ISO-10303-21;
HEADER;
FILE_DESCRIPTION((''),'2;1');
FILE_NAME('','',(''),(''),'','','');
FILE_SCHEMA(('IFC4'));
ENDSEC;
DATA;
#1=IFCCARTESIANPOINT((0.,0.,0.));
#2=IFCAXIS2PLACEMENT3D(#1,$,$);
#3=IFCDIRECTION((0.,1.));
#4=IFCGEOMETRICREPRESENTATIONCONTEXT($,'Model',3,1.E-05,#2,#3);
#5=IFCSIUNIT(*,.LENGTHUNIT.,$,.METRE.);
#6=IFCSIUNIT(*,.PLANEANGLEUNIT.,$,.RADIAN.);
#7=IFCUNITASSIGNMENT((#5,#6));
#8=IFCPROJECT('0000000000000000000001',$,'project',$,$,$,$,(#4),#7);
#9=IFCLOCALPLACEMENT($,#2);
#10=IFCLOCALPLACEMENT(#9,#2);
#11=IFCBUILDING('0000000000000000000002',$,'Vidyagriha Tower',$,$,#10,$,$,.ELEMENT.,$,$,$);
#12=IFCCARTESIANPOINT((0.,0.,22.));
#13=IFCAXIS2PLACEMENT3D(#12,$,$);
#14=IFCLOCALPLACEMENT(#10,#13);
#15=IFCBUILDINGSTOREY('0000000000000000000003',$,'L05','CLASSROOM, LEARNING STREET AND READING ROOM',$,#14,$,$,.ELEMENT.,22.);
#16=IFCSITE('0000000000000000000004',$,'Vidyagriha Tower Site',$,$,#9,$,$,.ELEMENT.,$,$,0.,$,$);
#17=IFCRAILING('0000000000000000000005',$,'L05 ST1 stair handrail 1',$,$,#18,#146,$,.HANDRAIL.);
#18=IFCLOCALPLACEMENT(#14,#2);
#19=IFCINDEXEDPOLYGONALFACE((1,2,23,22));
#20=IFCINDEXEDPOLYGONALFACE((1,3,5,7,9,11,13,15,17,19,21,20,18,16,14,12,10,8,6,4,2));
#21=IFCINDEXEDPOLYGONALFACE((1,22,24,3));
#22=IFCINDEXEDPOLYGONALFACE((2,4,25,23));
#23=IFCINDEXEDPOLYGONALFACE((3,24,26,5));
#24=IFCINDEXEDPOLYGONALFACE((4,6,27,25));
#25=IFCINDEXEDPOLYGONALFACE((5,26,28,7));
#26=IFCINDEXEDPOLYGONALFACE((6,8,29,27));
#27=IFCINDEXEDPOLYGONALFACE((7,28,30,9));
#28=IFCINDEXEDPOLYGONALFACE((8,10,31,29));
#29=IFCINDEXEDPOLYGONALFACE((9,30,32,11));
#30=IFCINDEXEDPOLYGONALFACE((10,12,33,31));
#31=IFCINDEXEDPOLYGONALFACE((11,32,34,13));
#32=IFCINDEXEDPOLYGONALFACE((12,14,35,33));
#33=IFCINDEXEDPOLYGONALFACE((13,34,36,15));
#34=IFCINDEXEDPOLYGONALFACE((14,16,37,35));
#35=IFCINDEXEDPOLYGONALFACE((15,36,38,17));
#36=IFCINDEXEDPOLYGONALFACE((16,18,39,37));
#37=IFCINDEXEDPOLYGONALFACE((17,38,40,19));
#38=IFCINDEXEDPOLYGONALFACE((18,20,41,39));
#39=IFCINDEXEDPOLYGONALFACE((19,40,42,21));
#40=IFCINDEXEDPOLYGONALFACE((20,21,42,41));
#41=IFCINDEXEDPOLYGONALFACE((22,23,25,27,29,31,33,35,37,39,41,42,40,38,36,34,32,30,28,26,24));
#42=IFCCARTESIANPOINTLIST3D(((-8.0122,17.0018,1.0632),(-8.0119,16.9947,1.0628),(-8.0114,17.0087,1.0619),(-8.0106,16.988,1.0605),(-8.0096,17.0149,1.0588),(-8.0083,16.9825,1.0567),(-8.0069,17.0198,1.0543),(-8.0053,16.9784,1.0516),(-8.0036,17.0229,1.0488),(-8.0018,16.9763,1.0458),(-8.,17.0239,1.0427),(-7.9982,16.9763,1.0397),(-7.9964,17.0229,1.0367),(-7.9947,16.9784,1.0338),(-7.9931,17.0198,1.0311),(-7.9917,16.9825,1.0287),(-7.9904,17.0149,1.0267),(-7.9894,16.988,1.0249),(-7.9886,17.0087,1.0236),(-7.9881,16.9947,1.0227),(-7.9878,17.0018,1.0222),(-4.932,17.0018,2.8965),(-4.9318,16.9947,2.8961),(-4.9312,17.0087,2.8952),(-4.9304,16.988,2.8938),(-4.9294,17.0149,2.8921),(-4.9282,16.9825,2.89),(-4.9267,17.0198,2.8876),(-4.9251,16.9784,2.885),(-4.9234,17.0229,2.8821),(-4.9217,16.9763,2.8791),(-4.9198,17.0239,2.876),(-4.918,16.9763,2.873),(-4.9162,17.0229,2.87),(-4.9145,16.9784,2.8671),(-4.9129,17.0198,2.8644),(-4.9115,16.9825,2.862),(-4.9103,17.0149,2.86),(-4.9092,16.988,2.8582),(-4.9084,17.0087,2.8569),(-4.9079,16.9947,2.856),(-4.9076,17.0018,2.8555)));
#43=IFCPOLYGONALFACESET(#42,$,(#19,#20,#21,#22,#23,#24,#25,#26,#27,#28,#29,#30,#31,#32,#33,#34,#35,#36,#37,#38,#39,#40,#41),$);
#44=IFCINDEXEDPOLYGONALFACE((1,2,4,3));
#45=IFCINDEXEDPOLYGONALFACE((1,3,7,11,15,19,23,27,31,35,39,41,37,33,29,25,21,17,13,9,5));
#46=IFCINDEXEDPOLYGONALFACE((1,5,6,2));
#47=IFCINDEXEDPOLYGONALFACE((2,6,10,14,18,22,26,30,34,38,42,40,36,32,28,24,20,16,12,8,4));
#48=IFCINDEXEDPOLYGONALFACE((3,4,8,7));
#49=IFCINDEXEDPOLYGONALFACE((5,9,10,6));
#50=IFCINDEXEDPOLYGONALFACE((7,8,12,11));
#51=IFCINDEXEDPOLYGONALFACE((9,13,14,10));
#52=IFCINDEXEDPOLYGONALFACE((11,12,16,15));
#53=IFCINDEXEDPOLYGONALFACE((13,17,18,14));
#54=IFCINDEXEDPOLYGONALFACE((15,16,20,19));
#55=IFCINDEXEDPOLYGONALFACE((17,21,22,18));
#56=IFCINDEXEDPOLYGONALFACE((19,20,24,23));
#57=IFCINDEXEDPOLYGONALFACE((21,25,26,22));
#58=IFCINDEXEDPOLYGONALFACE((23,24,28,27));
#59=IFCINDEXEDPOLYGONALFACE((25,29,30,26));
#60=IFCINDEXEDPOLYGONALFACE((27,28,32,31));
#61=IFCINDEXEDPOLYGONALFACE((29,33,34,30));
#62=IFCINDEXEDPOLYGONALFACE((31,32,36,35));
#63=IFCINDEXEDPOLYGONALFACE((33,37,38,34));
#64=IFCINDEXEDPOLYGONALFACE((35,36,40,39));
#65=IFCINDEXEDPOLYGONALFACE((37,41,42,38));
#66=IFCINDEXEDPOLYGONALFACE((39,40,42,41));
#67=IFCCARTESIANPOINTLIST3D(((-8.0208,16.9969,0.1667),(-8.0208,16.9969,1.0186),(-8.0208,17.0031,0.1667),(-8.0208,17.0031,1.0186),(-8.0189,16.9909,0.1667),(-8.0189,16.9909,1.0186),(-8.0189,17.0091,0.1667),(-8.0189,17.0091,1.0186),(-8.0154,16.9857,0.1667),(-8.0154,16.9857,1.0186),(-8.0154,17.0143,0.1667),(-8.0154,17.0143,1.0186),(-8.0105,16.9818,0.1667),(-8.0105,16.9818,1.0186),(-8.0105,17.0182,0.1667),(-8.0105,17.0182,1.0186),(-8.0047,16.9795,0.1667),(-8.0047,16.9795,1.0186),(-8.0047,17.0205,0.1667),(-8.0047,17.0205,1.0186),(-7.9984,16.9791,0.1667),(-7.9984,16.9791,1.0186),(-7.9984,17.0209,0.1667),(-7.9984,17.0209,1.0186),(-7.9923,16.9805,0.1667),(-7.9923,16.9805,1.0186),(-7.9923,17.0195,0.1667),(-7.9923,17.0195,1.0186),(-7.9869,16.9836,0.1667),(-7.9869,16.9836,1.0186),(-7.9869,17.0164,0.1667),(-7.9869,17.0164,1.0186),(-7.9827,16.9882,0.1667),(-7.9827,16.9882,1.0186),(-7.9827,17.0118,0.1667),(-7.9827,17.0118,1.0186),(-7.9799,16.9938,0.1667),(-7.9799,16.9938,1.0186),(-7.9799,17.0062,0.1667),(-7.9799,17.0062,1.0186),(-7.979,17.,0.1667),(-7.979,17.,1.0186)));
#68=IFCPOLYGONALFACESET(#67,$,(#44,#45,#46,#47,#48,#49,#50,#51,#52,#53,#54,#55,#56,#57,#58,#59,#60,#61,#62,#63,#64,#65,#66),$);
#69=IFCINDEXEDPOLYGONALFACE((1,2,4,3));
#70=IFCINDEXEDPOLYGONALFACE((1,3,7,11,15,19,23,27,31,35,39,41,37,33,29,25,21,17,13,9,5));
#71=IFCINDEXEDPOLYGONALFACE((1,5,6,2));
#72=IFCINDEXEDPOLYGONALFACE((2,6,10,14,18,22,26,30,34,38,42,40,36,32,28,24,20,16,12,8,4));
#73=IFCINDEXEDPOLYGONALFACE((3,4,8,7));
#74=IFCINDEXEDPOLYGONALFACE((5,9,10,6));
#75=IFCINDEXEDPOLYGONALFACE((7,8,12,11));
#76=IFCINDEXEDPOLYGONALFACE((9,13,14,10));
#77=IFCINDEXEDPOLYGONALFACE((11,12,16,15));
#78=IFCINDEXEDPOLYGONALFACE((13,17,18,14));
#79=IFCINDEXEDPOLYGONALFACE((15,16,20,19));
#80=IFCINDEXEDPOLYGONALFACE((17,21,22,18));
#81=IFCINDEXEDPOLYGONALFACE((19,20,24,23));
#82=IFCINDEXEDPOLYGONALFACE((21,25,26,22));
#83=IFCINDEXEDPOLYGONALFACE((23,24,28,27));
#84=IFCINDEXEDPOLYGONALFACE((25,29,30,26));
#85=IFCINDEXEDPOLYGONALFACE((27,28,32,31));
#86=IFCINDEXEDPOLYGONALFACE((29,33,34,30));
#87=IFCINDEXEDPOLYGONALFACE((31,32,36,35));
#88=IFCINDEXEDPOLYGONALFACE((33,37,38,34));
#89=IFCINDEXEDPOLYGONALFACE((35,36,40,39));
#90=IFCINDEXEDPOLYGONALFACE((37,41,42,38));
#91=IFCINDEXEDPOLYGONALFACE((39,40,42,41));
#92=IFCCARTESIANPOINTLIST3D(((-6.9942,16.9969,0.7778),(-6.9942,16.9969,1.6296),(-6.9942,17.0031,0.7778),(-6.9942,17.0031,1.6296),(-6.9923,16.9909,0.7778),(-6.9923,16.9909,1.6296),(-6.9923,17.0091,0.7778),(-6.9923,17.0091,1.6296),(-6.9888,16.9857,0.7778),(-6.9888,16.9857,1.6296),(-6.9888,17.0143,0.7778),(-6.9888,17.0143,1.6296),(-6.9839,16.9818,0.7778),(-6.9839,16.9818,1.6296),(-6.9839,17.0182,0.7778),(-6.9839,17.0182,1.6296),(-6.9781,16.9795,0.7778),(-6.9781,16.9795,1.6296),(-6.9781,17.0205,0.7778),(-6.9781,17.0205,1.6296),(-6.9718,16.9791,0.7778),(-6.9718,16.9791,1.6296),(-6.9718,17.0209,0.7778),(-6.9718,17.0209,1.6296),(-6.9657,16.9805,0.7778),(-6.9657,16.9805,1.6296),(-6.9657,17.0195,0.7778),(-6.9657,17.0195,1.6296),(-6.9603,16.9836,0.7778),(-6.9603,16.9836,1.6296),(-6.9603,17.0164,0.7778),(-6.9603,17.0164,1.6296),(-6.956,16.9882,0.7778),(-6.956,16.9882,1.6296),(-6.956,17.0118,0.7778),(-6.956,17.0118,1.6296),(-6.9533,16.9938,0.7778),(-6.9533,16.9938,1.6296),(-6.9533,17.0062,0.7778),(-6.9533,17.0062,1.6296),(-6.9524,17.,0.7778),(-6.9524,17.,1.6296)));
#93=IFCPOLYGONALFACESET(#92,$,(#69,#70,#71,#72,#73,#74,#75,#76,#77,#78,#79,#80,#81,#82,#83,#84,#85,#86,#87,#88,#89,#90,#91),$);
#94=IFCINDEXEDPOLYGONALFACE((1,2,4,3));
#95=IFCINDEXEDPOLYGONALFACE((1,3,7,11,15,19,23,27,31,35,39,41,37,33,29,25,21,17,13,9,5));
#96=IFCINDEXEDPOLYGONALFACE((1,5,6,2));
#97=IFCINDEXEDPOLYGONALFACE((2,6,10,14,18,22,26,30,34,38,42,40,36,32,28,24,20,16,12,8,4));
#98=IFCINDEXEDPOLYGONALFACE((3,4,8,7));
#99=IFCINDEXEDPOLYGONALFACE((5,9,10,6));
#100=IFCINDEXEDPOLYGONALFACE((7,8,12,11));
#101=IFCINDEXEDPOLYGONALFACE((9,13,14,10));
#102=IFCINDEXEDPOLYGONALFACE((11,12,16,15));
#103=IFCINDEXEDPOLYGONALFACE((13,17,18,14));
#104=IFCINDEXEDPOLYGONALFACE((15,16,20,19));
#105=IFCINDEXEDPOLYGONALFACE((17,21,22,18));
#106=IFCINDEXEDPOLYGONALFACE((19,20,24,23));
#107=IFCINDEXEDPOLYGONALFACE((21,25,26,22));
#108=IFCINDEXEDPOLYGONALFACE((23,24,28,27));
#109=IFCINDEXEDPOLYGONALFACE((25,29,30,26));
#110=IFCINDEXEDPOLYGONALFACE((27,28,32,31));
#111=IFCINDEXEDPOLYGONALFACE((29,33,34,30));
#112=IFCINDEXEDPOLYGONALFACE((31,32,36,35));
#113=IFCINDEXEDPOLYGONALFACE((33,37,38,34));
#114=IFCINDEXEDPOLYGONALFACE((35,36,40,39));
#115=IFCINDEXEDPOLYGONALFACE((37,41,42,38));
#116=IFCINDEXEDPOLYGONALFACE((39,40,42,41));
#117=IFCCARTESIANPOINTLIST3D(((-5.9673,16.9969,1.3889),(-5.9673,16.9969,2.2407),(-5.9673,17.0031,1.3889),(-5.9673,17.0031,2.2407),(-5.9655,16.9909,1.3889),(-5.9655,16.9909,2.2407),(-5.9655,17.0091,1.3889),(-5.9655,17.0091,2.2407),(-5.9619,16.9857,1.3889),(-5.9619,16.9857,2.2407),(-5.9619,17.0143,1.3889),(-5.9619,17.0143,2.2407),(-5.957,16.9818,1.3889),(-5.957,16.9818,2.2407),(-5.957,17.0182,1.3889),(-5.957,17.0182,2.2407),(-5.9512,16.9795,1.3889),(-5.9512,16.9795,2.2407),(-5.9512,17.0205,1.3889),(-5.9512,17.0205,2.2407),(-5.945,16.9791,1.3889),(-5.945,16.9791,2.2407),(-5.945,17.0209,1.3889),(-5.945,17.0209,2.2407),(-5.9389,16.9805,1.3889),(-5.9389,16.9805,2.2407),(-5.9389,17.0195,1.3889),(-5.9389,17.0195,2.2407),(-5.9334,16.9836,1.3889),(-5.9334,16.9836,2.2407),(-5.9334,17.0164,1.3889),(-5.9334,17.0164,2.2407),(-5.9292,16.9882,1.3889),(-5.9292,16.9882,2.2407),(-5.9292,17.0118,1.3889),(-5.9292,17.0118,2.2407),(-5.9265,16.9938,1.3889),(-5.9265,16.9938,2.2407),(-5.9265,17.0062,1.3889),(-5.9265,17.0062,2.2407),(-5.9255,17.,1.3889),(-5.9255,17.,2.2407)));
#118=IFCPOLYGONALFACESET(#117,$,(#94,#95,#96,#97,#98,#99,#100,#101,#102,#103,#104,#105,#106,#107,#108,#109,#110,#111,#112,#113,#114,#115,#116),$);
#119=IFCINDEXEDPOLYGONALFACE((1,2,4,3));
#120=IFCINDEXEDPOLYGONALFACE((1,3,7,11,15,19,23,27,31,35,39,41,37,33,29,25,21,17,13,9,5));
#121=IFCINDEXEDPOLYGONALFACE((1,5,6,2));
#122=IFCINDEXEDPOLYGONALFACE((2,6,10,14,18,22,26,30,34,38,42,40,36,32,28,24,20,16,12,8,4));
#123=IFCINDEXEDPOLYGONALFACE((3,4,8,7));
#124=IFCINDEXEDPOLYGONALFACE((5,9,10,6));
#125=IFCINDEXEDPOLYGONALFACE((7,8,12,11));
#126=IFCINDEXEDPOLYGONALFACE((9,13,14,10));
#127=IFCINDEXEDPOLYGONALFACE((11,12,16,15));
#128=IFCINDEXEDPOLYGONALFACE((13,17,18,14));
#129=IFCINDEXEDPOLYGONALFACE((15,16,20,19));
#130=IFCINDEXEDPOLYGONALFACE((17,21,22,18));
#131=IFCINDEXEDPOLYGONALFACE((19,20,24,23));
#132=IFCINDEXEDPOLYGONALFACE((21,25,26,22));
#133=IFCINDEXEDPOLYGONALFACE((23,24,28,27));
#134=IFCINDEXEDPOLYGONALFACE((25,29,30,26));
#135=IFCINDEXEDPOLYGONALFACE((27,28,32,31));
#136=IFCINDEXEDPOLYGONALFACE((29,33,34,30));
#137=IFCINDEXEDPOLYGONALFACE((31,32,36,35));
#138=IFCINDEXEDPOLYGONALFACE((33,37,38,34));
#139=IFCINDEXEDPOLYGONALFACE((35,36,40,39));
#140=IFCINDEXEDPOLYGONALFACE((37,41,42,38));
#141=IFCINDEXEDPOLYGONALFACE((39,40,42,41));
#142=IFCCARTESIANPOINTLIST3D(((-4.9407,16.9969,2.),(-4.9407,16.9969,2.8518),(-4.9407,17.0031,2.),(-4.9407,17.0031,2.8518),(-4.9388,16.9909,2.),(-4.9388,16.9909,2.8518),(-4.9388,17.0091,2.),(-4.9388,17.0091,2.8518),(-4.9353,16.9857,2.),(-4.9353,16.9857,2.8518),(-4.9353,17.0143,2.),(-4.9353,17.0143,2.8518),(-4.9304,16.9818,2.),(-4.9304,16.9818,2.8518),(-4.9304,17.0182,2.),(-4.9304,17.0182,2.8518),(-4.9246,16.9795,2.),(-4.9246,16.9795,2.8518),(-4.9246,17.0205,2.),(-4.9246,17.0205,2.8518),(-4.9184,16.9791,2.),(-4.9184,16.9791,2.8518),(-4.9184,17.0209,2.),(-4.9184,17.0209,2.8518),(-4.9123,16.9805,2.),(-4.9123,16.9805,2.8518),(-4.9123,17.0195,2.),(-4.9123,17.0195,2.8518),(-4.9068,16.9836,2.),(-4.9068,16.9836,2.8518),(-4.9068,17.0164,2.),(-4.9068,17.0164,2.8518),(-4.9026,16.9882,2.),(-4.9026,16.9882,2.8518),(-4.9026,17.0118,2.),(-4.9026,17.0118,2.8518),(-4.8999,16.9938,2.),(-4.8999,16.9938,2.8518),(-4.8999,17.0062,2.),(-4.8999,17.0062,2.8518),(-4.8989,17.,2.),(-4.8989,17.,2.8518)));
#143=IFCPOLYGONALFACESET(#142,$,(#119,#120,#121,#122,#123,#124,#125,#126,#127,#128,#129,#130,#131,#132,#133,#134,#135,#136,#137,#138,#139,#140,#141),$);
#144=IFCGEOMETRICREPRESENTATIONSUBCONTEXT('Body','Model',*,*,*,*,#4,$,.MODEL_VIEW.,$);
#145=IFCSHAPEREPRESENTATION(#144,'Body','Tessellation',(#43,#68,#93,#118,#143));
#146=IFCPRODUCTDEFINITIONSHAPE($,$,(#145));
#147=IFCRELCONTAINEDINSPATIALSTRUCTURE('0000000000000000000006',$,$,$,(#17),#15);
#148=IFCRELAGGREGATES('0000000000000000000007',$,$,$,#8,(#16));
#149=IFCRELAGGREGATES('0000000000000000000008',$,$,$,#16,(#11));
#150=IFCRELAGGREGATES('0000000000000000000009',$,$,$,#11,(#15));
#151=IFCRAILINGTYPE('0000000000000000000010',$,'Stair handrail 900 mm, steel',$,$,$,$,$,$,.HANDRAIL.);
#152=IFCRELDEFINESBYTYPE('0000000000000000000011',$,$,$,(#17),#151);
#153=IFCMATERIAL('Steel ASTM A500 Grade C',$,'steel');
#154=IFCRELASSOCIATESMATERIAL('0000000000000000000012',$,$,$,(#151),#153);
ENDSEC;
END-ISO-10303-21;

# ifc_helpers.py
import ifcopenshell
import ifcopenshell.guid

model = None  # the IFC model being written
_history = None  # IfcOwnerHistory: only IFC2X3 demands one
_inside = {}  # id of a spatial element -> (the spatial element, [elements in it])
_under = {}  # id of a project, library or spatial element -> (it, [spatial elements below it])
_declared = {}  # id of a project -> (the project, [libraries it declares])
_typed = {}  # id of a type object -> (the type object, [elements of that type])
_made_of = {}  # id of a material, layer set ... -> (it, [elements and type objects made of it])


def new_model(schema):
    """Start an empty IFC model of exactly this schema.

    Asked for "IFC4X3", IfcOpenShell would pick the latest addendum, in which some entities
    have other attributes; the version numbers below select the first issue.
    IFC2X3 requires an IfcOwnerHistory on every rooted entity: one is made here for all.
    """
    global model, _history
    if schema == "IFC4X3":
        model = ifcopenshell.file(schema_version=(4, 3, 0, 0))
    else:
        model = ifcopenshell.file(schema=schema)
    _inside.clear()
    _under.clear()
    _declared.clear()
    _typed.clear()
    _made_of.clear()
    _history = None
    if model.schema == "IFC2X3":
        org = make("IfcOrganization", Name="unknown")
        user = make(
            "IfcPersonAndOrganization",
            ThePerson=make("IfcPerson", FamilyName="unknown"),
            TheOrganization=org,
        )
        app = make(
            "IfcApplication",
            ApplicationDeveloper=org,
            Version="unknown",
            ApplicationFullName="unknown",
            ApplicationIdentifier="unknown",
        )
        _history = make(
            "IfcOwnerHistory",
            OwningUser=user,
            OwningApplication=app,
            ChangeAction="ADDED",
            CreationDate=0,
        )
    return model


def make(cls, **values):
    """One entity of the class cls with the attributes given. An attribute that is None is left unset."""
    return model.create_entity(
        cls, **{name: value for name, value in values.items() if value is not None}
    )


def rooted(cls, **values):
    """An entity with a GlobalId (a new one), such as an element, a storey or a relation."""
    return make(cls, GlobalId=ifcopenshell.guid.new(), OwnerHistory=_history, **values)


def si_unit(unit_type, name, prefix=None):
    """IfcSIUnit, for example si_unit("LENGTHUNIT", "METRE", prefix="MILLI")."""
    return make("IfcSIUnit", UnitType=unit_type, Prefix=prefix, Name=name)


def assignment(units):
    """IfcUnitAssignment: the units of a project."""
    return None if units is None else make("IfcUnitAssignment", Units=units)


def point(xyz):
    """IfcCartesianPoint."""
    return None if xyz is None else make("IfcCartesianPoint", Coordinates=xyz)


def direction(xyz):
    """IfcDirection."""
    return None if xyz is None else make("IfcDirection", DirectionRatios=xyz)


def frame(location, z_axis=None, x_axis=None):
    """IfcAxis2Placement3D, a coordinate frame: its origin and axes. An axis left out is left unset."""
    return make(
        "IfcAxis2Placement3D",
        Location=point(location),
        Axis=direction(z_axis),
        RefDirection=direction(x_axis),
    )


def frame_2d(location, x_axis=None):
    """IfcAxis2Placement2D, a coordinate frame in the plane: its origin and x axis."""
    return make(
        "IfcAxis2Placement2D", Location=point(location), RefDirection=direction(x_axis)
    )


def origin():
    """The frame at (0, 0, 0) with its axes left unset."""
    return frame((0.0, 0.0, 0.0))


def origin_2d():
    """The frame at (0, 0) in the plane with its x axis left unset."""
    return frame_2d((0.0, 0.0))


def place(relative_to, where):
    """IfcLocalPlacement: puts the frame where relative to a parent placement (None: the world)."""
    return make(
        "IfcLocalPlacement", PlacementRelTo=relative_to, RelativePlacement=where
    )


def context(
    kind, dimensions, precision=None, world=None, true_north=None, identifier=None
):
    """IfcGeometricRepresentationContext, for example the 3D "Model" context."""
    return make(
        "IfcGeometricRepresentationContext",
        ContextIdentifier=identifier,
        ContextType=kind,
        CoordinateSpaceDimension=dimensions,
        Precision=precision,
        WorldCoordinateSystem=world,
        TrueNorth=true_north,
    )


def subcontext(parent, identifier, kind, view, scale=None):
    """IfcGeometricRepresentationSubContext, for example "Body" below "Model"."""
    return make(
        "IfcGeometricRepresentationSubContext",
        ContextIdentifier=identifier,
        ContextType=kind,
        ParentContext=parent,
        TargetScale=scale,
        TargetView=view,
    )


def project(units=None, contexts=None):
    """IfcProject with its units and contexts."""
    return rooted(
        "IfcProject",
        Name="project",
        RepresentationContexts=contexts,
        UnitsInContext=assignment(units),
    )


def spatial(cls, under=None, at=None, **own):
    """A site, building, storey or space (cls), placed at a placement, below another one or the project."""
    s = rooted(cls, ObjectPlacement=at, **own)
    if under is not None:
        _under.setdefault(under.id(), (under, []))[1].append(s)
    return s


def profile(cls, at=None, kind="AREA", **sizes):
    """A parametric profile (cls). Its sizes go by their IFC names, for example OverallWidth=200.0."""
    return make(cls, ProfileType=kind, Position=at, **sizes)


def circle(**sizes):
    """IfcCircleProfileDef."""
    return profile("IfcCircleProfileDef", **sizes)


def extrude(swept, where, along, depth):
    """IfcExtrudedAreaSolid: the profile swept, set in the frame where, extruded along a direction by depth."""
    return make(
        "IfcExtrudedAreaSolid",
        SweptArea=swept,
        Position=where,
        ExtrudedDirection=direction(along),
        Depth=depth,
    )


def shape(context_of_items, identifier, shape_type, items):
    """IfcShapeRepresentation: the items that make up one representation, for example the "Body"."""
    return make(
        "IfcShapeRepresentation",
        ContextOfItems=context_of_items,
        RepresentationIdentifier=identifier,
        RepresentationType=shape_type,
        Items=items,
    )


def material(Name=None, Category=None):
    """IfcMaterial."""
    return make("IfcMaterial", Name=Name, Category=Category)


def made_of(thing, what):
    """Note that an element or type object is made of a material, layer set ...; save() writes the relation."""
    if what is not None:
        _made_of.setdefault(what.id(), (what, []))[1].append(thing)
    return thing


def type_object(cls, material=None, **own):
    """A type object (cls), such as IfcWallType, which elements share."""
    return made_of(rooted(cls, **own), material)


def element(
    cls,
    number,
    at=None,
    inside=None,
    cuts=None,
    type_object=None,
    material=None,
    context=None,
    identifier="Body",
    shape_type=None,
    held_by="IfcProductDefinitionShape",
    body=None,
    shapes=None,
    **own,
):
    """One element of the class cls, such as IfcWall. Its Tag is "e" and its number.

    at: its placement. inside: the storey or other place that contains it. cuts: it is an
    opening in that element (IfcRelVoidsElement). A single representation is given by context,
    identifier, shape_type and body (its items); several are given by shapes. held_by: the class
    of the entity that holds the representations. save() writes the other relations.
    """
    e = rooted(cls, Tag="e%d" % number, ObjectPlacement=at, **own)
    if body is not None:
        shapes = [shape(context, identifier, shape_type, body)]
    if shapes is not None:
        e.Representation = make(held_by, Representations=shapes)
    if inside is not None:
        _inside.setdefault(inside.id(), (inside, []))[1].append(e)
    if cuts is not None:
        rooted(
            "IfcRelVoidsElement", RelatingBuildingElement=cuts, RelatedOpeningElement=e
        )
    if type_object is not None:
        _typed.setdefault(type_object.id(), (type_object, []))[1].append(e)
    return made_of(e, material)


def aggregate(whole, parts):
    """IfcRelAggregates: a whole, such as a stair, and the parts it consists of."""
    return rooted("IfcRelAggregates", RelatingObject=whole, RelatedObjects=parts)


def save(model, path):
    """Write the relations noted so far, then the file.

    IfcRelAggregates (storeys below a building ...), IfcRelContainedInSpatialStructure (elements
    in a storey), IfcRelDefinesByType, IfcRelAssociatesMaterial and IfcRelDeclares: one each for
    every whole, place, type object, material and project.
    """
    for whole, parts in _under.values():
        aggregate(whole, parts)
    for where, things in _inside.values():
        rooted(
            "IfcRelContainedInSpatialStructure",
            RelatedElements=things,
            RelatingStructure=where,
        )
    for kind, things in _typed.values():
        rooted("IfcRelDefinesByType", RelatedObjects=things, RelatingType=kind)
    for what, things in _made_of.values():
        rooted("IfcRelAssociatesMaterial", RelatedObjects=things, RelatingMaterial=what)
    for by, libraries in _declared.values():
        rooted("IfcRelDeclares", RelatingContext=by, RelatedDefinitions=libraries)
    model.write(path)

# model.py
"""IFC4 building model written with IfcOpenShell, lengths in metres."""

from ifc_helpers import new_model, si_unit, direction, frame, origin, origin_2d, place, context, subcontext, project, spatial, circle, extrude, material, type_object, element, save


model = new_model("IFC4")

# Units and contexts
model_context = context("Model", 3, precision=1e-05, world=origin(), true_north=direction((0.0, 1.0)))
body_context = subcontext(model_context, "Body", "Model", "MODEL_VIEW")
ifc_project = project(units=[si_unit("LENGTHUNIT", "METRE"), si_unit("PLANEANGLEUNIT", "RADIAN")], contexts=[model_context])

# Site, building, storey
site_placement = place(None, origin())
site = spatial("IfcSite", under=ifc_project, at=site_placement, Name="Vidyagriha Tower Site", CompositionType="ELEMENT", RefElevation=0.0)
building_placement = place(site_placement, origin())
building = spatial("IfcBuilding", under=site, at=building_placement, Name="Vidyagriha Tower", CompositionType="ELEMENT")
storey_placement = place(building_placement, frame((0.0, 0.0, 22.0)))
storey = spatial("IfcBuildingStorey", under=building, at=storey_placement, Name="L05", Description="CLASSROOM, LEARNING STREET AND READING ROOM", CompositionType="ELEMENT", Elevation=22.0)

# Railing
ifc_material_1 = material(Name="Steel ASTM A500 Grade C", Category="steel")
railing_type_1 = type_object("IfcRailingType", Name="Stair handrail 900 mm, steel", PredefinedType="HANDRAIL", material=ifc_material_1)
railing_1_placement = place(storey_placement, frame((-8.0, 17.0, 0.1667)))
element("IfcRailing", 1, at=railing_1_placement, inside=storey, type_object=railing_type_1, Name="L05 ST1 stair handrail 1", PredefinedType="HANDRAIL", context=body_context, shape_type="SweptSolid", body=[
    extrude(circle(Radius=0.0239, at=origin_2d()), frame((0.0, 0.0, 0.876), z_axis=(0.859309, 0.0, 0.511458), x_axis=(0.0, 1.0, 0.0)), (0.0, 0.0, 1.0), 3.5845),
    extrude(circle(Radius=0.021, at=origin_2d()), origin(), (0.0, 0.0, 1.0), 0.8518),
    extrude(circle(Radius=0.021, at=origin_2d()), frame((1.0266, 0.0, 0.6111)), (0.0, 0.0, 1.0), 0.8518),
    extrude(circle(Radius=0.021, at=origin_2d()), frame((2.0535, 0.0, 1.2222)), (0.0, 0.0, 1.0), 0.8518),
    extrude(circle(Radius=0.021, at=origin_2d()), frame((3.0801, 0.0, 1.8333)), (0.0, 0.0, 1.0), 0.8518),
])

save(model, "model.ifc")
